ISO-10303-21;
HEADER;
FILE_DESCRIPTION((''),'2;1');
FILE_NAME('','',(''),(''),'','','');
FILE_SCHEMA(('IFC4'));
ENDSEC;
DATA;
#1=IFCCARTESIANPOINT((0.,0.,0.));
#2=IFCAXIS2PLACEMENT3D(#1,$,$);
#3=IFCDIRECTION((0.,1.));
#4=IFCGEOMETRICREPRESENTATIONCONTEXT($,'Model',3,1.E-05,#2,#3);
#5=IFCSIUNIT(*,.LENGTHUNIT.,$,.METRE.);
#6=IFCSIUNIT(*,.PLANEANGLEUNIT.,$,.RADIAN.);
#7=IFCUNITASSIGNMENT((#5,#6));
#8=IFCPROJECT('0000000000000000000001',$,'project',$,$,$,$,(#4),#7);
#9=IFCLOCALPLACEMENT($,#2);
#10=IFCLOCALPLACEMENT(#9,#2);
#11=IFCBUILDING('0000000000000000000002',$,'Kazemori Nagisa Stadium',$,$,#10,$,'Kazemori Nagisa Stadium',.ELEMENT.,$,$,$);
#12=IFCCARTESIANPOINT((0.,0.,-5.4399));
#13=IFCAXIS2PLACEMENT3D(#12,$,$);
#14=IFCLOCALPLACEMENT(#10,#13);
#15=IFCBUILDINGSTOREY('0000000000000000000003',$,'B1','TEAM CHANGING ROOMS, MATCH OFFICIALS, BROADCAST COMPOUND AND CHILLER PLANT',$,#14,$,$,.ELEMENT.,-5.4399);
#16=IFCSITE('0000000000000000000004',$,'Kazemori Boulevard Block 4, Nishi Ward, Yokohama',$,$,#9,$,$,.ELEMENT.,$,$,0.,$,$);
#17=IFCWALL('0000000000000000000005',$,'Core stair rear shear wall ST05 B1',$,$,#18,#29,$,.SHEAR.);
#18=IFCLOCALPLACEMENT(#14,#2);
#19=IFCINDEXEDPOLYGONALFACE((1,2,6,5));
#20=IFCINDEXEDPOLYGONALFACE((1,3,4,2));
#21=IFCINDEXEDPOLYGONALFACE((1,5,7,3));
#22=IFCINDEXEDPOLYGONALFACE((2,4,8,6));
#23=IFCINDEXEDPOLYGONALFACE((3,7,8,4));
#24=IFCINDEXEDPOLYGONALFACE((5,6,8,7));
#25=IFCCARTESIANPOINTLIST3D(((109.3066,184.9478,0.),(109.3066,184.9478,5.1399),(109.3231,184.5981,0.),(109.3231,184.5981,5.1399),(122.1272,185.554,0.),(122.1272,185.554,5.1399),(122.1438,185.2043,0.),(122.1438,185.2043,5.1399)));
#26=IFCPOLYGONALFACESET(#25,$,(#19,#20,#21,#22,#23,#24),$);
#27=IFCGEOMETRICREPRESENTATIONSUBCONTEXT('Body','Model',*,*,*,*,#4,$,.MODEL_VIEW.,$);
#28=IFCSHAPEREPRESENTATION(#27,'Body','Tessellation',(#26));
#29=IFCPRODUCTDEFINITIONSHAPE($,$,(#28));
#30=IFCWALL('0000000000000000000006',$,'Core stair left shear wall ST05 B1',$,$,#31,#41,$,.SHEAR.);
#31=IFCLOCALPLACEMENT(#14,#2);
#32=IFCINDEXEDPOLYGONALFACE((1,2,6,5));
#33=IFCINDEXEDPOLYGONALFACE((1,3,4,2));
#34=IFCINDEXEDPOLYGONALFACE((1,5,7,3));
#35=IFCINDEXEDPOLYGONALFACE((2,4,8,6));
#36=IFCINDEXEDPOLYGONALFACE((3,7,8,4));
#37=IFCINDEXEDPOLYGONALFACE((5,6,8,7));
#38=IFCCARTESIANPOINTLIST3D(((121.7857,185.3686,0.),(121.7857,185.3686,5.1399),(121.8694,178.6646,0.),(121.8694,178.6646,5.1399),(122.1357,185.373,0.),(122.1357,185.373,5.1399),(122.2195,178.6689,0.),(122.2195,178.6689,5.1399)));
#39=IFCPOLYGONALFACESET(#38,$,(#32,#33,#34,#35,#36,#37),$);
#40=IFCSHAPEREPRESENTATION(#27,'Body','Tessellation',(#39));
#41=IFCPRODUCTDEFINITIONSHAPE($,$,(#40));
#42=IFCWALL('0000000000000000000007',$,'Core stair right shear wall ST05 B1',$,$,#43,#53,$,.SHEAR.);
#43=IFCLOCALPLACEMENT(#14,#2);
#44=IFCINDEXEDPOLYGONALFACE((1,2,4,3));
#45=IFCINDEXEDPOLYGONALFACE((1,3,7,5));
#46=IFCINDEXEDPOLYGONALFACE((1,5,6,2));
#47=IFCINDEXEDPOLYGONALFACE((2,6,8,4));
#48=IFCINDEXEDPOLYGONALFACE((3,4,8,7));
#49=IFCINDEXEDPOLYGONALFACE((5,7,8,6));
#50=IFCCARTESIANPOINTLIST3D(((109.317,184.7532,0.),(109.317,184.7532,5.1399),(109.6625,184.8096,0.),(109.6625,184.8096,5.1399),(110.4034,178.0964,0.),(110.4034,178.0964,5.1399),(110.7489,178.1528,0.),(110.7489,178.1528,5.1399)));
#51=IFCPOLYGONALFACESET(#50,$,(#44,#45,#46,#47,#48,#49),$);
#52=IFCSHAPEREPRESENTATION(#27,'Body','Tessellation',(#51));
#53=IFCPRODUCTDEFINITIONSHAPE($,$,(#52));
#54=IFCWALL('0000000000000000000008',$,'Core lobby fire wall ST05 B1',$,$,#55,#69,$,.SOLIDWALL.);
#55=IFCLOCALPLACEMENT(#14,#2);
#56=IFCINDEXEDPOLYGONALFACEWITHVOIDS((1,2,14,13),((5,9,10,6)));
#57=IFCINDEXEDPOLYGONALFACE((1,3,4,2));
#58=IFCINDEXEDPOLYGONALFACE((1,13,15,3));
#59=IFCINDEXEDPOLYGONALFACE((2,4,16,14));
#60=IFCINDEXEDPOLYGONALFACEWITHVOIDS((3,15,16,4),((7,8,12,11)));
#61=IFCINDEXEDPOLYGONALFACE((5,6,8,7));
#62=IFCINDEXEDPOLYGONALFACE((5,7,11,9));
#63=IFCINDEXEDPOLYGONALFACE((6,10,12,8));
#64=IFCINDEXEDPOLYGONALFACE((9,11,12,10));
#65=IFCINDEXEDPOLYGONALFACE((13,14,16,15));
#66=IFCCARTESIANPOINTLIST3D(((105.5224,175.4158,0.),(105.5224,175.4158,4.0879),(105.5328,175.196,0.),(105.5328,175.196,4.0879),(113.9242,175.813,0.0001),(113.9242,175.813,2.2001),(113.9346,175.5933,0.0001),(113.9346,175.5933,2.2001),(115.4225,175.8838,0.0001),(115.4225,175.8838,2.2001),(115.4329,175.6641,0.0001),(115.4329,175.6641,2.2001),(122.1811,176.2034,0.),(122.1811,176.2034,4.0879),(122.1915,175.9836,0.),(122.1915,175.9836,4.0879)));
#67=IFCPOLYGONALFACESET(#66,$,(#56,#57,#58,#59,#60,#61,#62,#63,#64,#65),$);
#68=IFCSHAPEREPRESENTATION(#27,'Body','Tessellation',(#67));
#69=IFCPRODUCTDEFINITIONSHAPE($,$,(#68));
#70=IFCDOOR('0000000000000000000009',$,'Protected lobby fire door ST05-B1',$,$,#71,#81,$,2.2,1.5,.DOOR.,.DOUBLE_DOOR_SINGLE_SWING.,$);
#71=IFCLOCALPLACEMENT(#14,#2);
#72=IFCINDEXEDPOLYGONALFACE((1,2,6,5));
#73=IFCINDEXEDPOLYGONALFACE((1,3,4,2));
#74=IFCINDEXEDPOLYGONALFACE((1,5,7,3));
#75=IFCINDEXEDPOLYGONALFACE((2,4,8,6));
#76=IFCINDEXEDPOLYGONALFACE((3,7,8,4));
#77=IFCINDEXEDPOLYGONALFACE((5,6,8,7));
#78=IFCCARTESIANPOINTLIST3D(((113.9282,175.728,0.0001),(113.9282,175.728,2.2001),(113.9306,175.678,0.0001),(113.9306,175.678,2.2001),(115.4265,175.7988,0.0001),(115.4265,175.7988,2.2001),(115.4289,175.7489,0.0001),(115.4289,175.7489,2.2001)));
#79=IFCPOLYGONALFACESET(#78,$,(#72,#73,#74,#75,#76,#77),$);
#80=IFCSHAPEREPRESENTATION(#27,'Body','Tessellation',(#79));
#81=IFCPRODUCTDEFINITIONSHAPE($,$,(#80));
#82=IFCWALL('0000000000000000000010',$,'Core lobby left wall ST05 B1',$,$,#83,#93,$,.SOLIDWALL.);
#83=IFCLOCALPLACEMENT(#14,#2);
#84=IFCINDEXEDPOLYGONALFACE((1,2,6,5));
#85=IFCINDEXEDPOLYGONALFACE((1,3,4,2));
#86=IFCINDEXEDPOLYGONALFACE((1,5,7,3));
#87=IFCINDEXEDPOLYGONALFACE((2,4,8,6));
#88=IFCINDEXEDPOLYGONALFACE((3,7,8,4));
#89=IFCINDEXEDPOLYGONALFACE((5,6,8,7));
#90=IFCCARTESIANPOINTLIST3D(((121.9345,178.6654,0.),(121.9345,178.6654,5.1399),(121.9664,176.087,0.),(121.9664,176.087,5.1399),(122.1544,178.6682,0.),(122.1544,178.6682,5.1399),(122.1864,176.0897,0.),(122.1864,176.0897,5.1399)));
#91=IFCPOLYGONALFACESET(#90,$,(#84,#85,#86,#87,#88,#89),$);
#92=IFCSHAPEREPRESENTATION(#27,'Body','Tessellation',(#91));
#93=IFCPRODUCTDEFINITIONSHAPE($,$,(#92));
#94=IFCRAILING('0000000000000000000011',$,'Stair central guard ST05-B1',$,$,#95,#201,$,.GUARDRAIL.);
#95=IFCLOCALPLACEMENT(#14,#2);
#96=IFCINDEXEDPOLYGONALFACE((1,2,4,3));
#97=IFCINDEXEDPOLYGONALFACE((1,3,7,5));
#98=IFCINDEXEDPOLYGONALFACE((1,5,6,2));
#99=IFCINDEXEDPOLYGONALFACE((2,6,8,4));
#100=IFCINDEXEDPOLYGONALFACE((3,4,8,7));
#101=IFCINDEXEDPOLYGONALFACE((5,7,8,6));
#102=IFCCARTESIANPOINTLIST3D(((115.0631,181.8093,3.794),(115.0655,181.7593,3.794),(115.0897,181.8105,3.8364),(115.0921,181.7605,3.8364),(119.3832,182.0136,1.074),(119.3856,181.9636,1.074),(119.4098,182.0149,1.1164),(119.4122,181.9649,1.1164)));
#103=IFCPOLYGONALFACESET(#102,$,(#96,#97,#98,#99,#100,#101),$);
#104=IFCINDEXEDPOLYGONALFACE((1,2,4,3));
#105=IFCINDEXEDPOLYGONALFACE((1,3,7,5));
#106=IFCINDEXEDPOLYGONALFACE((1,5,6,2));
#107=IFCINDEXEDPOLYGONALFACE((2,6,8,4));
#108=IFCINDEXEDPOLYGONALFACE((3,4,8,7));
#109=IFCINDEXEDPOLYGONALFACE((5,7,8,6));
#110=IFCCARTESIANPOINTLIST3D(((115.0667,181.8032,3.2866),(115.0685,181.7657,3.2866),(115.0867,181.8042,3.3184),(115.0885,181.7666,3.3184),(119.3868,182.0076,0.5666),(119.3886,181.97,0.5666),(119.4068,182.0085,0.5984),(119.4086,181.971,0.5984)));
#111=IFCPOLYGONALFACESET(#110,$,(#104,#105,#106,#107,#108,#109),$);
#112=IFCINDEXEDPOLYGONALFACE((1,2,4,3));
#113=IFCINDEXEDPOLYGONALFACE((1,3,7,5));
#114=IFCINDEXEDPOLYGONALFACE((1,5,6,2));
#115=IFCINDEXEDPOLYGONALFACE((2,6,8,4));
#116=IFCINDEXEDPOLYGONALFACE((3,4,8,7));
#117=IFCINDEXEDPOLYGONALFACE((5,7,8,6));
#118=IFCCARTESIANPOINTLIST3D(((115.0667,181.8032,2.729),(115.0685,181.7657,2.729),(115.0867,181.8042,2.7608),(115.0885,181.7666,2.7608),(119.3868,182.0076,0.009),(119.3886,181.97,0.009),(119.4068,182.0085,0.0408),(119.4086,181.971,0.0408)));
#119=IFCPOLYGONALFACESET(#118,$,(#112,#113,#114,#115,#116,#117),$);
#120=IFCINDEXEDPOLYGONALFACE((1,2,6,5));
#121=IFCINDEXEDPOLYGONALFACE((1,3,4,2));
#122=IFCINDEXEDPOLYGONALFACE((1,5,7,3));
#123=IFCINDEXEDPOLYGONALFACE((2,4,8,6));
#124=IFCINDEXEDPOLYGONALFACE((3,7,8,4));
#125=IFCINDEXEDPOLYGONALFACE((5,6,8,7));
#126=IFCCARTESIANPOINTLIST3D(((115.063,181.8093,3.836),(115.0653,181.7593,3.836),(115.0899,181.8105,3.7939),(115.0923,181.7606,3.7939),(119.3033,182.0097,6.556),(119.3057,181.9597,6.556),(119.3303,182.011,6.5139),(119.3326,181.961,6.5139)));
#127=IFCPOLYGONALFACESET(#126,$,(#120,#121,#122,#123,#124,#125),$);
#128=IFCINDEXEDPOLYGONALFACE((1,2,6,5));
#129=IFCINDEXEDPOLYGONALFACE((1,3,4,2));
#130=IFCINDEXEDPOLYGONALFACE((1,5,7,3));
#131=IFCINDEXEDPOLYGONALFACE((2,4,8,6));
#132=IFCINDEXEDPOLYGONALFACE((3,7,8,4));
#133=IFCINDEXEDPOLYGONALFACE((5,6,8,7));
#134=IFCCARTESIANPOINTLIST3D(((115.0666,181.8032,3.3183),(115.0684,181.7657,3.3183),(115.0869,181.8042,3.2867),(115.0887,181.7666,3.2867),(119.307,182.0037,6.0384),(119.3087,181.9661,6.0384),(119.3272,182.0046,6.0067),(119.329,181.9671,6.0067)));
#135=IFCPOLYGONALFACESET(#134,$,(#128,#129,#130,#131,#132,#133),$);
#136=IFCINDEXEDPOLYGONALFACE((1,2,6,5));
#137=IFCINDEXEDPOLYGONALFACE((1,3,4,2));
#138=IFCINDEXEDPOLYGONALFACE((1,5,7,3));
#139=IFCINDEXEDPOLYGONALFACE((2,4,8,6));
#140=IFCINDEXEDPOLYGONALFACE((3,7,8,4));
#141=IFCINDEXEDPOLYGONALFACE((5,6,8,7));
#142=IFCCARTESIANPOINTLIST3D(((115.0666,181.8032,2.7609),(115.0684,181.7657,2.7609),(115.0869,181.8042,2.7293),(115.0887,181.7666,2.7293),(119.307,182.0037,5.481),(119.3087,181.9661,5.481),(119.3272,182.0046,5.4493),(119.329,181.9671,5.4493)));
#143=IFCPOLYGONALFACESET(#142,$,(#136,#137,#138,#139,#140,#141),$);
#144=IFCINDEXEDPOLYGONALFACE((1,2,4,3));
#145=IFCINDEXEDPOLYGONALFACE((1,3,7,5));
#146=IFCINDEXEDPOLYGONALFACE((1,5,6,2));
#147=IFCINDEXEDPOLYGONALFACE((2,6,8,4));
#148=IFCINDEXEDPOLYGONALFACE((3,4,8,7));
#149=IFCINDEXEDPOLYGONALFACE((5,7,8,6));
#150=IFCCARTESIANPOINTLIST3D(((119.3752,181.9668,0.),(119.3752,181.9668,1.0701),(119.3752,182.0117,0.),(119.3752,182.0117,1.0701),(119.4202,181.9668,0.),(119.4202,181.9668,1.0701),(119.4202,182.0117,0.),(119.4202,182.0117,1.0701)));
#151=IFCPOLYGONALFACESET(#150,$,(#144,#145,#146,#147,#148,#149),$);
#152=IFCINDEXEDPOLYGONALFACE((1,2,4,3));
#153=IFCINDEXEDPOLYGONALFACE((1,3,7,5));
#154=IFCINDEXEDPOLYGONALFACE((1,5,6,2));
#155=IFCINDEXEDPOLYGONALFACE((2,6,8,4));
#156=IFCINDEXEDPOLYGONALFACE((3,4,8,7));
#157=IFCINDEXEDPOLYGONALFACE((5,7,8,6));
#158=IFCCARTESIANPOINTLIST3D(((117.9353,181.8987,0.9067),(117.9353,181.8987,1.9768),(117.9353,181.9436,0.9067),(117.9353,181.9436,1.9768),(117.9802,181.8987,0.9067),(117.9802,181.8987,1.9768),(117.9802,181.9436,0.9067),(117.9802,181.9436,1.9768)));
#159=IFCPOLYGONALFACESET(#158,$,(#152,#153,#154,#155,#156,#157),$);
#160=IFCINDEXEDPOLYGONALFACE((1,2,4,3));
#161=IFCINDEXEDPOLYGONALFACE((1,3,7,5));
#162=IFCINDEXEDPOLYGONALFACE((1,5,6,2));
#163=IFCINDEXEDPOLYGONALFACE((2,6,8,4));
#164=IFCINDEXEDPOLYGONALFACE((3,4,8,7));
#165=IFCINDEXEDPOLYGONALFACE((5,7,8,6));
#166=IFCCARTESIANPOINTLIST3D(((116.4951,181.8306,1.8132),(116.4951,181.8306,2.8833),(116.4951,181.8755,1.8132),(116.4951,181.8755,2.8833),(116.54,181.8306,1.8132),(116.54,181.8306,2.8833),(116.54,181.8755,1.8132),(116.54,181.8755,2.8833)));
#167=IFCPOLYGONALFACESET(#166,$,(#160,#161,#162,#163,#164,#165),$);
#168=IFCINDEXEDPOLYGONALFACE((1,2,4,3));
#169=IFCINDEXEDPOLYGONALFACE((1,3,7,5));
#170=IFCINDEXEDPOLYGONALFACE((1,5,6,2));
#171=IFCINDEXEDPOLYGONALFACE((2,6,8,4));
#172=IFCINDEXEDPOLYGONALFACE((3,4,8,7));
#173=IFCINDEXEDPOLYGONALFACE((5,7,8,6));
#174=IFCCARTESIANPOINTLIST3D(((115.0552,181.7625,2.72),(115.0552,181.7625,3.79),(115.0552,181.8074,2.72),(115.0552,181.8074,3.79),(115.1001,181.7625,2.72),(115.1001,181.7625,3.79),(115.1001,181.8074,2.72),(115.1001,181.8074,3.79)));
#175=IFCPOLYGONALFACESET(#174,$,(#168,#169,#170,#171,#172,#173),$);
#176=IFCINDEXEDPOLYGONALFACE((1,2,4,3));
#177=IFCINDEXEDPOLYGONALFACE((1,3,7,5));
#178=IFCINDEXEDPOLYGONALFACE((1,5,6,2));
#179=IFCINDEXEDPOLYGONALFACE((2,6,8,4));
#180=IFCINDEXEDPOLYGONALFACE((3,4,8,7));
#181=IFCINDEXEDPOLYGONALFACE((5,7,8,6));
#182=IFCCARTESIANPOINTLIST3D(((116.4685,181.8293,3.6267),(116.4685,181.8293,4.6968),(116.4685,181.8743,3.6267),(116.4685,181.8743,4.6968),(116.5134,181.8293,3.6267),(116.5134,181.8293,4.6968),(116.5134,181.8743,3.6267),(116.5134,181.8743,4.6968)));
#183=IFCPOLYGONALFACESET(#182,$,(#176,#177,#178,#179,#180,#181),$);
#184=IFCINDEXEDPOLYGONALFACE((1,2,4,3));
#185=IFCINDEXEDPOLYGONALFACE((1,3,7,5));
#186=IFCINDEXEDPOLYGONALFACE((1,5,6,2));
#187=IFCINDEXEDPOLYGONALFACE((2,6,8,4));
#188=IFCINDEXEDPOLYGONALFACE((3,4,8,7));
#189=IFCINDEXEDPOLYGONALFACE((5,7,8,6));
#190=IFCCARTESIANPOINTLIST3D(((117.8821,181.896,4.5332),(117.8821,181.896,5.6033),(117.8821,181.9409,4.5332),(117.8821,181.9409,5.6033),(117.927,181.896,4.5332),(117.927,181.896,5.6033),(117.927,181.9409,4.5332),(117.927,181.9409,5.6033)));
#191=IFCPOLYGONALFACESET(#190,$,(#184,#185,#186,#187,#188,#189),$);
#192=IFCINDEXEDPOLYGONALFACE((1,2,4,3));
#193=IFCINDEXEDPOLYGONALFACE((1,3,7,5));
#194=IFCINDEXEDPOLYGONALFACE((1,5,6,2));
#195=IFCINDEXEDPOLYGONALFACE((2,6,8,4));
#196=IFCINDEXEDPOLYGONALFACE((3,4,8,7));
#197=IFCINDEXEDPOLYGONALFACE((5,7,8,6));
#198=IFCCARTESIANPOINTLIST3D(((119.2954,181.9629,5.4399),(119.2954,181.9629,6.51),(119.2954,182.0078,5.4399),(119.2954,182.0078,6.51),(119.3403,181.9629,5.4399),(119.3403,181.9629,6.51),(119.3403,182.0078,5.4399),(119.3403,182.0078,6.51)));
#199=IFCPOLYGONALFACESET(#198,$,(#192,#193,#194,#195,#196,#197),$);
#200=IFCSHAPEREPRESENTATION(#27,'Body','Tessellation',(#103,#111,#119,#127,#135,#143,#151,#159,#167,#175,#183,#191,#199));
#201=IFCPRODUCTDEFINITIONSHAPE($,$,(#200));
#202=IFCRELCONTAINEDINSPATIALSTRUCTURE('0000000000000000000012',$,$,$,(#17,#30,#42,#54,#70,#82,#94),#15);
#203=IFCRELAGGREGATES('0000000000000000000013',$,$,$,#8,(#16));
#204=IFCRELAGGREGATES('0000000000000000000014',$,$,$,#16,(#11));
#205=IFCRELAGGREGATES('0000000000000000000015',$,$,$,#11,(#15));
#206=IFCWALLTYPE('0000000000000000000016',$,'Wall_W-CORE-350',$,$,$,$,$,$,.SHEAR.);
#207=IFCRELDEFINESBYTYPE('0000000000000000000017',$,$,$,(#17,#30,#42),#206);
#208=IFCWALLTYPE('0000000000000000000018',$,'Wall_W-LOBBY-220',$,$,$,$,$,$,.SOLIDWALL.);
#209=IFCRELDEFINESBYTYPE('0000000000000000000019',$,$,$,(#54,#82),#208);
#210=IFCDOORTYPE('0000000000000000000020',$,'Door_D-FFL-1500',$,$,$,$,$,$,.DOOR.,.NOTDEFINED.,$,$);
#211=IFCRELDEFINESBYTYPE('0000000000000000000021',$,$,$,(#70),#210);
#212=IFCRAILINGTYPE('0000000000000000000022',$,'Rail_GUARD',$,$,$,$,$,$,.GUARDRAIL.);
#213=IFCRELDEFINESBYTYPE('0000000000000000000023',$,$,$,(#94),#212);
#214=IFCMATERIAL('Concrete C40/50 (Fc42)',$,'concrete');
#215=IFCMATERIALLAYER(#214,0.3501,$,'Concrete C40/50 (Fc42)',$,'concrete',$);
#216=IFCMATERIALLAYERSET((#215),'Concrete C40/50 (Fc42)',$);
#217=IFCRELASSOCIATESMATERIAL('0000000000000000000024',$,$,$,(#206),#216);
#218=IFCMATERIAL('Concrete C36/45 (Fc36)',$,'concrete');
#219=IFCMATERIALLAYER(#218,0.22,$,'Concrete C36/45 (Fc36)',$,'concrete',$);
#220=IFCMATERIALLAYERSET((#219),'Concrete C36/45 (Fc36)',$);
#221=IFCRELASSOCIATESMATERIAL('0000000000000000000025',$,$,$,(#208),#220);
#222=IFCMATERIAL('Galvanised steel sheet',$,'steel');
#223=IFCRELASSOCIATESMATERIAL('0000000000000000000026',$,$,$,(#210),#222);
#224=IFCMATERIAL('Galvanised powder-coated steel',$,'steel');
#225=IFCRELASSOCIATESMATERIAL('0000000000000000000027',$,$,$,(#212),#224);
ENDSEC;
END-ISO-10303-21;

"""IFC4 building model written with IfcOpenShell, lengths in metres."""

from ifc_helpers import new_model, si_unit, direction, frame, frame_2d, origin, origin_2d, place, context, subcontext, project, spatial, rectangle, extrude, material, layer, layer_set, type_object, element, fill, save


model = new_model("IFC4")

# Units and contexts
model_context = context("Model", 3, precision=1e-05, world=origin(), true_north=direction((0.0, 1.0)))
body_context = subcontext(model_context, "Body", "Model", "MODEL_VIEW")
ifc_project = project(units=[si_unit("LENGTHUNIT", "METRE"), si_unit("PLANEANGLEUNIT", "RADIAN")], contexts=[model_context])

# Site, building, storey
site_placement = place(None, origin())
site = spatial("IfcSite", under=ifc_project, at=site_placement, Name="Kazemori Boulevard Block 4, Nishi Ward, Yokohama", CompositionType="ELEMENT", RefElevation=0.0)
building_placement = place(site_placement, origin())
building = spatial("IfcBuilding", under=site, at=building_placement, Name="Kazemori Nagisa Stadium", LongName="Kazemori Nagisa Stadium", CompositionType="ELEMENT")
storey_placement = place(building_placement, frame((0.0, 0.0, -5.4399)))
storey = spatial("IfcBuildingStorey", under=building, at=storey_placement, Name="B1", Description="TEAM CHANGING ROOMS, MATCH OFFICIALS, BROADCAST COMPOUND AND CHILLER PLANT", CompositionType="ELEMENT", Elevation=-5.4399)

# Shared definitions
ifc_material_1 = material(Name="Concrete C40/50 (Fc42)", Category="concrete")

# Shared definitions
ifc_material_2 = material(Name="Concrete C36/45 (Fc36)", Category="concrete")

# Shared definitions
ifc_layer_1 = layer(ifc_material_1, 0.3501, Name="Concrete C40/50 (Fc42)", Category="concrete")
ifc_layer_set_1 = layer_set([ifc_layer_1], Name="Concrete C40/50 (Fc42)")
wall_type_1 = type_object("IfcWallType", Name="Wall_W-CORE-350", PredefinedType="SHEAR", material=ifc_layer_set_1)
ifc_material_3 = material(Name="Galvanised steel sheet", Category="steel")

# Walls
wall_1_placement = place(storey_placement, frame((122.1355, 185.3792, 0.0), z_axis=(0.0, 0.0, 1.0), x_axis=(-0.998884, -0.047231, 0.0)))
element("IfcWall", 1, at=wall_1_placement, inside=storey, type_object=wall_type_1, Name="Core stair rear shear wall ST05 B1", PredefinedType="SHEAR", context=body_context, shape_type="SweptSolid", body=[
    extrude(rectangle(XDim=12.835, YDim=0.3501, at=frame_2d((6.4175, 0.0))), origin(), (0.0, 0.0, 1.0), 5.1399),
])
wall_2_placement = place(storey_placement, frame((122.0444, 178.6667, 0.0), z_axis=(0.0, 0.0, 1.0), x_axis=(-0.01249, 0.999922, 0.0)))
element("IfcWall", 2, at=wall_2_placement, inside=storey, type_object=wall_type_1, Name="Core stair left shear wall ST05 B1", PredefinedType="SHEAR", context=body_context, shape_type="SweptSolid", body=[
    extrude(rectangle(XDim=6.7046, YDim=0.3501, at=frame_2d((3.3523, 0.0))), origin(), (0.0, 0.0, 1.0), 5.1399),
])
wall_3_placement = place(storey_placement, frame((110.5762, 178.1245, 0.0), z_axis=(0.0, 0.0, 1.0), x_axis=(-0.161076, 0.986942, 0.0)))
element("IfcWall", 3, at=wall_3_placement, inside=storey, type_object=wall_type_1, Name="Core stair right shear wall ST05 B1", PredefinedType="SHEAR", context=body_context, shape_type="SweptSolid", body=[
    extrude(rectangle(XDim=6.7449, YDim=0.3501, at=frame_2d((3.3726, 0.0))), origin(), (0.0, 0.0, 1.0), 5.1399),
])

# Wall, opening, door
ifc_layer_2 = layer(ifc_material_2, 0.22, Name="Concrete C36/45 (Fc36)", Category="concrete")
ifc_layer_set_2 = layer_set([ifc_layer_2], Name="Concrete C36/45 (Fc36)")
wall_type_2 = type_object("IfcWallType", Name="Wall_W-LOBBY-220", PredefinedType="SOLIDWALL", material=ifc_layer_set_2)
wall_4_placement = place(storey_placement, frame((122.1863, 176.0935, 0.0), z_axis=(0.0, 0.0, 1.0), x_axis=(-0.998884, -0.047226, 0.0)))
wall_4 = element("IfcWall", 4, at=wall_4_placement, inside=storey, type_object=wall_type_2, Name="Core lobby fire wall ST05 B1", PredefinedType="SOLIDWALL", context=body_context, shape_type="SweptSolid", body=[
    extrude(rectangle(XDim=16.6772, YDim=0.22, at=frame_2d((8.3386, 0.0))), origin(), (0.0, 0.0, 1.0), 4.0879),
])
opening_1_placement = place(wall_4_placement, frame((6.7661, 0.0, 0.0)))
opening_1 = element("IfcOpeningElement", 5, at=opening_1_placement, cuts=wall_4, PredefinedType="OPENING", context=body_context, shape_type="SweptSolid", body=[
    extrude(rectangle(XDim=1.5, YDim=2.2, at=frame_2d((0.75, 1.1001))), frame((0.0, 0.1199, 0.0), z_axis=(0.0, -1.0, 0.0), x_axis=(1.0, 0.0, 0.0)), (0.0, 0.0, 1.0), 0.24),
])
door_type_1 = type_object("IfcDoorType", Name="Door_D-FFL-1500", OperationType="NOTDEFINED", PredefinedType="DOOR", material=ifc_material_3)
door_1_placement = place(opening_1_placement, frame((1.5, 0.0, 0.0), z_axis=(0.0, 0.0, 1.0), x_axis=(-1.0, 0.0, 0.0)))
door_1 = element("IfcDoor", 6, at=door_1_placement, inside=storey, type_object=door_type_1, Name="Protected lobby fire door ST05-B1", OperationType="DOUBLE_DOOR_SINGLE_SWING", OverallHeight=2.2, OverallWidth=1.5, PredefinedType="DOOR", context=body_context, shape_type="SweptSolid", body=[
    extrude(rectangle(XDim=1.5, YDim=2.2, at=frame_2d((0.75, 1.1001))), frame((0.0, 0.0249, 0.0), z_axis=(0.0, -1.0, 0.0), x_axis=(1.0, 0.0, 0.0)), (0.0, 0.0, 1.0), 0.05),
])
fill(opening_1, door_1)

# Wall
wall_5_placement = place(storey_placement, frame((122.0764, 176.0884, 0.0), z_axis=(0.0, 0.0, 1.0), x_axis=(-0.012403, 0.999923, 0.0)))
element("IfcWall", 7, at=wall_5_placement, inside=storey, type_object=wall_type_2, Name="Core lobby left wall ST05 B1", PredefinedType="SOLIDWALL", context=body_context, shape_type="SweptSolid", body=[
    extrude(rectangle(XDim=2.5786, YDim=0.22, at=frame_2d((1.2893, 0.0))), origin(), (0.0, 0.0, 1.0), 5.1399),
])

# Railing
ifc_material_4 = material(Name="Galvanised powder-coated steel", Category="steel")
railing_type_1 = type_object("IfcRailingType", Name="Rail_GUARD", PredefinedType="GUARDRAIL", material=ifc_material_4)
railing_1_placement = place(storey_placement, frame((119.3977, 181.9893, 0.0)))
element("IfcRailing", 8, at=railing_1_placement, inside=storey, type_object=railing_type_1, Name="Stair central guard ST05-B1", PredefinedType="GUARDRAIL", context=body_context, shape_type="SweptSolid", body=[
    extrude(rectangle(XDim=0.05, YDim=0.05, at=origin_2d()), frame((0.0, 0.0, 1.0952), z_axis=(-0.845562, -0.039996, 0.532377), x_axis=(0.047249, -0.998883, 0.0)), (0.0, 0.0, 1.0), 5.1091),
    extrude(rectangle(XDim=0.0376, YDim=0.0376, at=origin_2d()), frame((0.0, 0.0, 0.5825), z_axis=(-0.845562, -0.039996, 0.532377), x_axis=(0.047249, -0.998883, 0.0)), (0.0, 0.0, 1.0), 5.1091),
    extrude(rectangle(XDim=0.0376, YDim=0.0376, at=origin_2d()), frame((0.0, 0.0, 0.0249), z_axis=(-0.845562, -0.039996, 0.532377), x_axis=(0.047249, -0.998883, 0.0)), (0.0, 0.0, 1.0), 5.1091),
    extrude(rectangle(XDim=0.05, YDim=0.05, at=origin_2d()), frame((-4.3201, -0.2043, 3.8149), z_axis=(0.841045, 0.039757, 0.539503), x_axis=(-0.047218, 0.998885, 0.0)), (0.0, 0.0, 1.0), 5.0417),
    extrude(rectangle(XDim=0.0376, YDim=0.0376, at=origin_2d()), frame((-4.3201, -0.2043, 3.3025), z_axis=(0.841045, 0.039757, 0.539503), x_axis=(-0.047218, 0.998885, 0.0)), (0.0, 0.0, 1.0), 5.0417),
    extrude(rectangle(XDim=0.0376, YDim=0.0376, at=origin_2d()), frame((-4.3201, -0.2043, 2.7451), z_axis=(0.841045, 0.039757, 0.539503), x_axis=(-0.047218, 0.998885, 0.0)), (0.0, 0.0, 1.0), 5.0417),
    extrude(rectangle(XDim=0.0449, YDim=0.0449, at=origin_2d()), origin(), (0.0, 0.0, 1.0), 1.0701),
    extrude(rectangle(XDim=0.0449, YDim=0.0449, at=origin_2d()), frame((-1.4399, -0.0681, 0.9067)), (0.0, 0.0, 1.0), 1.0701),
    extrude(rectangle(XDim=0.0449, YDim=0.0449, at=origin_2d()), frame((-2.8801, -0.1362, 1.8132)), (0.0, 0.0, 1.0), 1.0701),
    extrude(rectangle(XDim=0.0449, YDim=0.0449, at=origin_2d()), frame((-4.3201, -0.2043, 2.72)), (0.0, 0.0, 1.0), 1.0701),
    extrude(rectangle(XDim=0.0449, YDim=0.0449, at=origin_2d()), frame((-2.9067, -0.1375, 3.6267)), (0.0, 0.0, 1.0), 1.0701),
    extrude(rectangle(XDim=0.0449, YDim=0.0449, at=origin_2d()), frame((-1.4932, -0.0708, 4.5332)), (0.0, 0.0, 1.0), 1.0701),
    extrude(rectangle(XDim=0.0449, YDim=0.0449, at=origin_2d()), frame((-0.0798, -0.0039, 5.4399)), (0.0, 0.0, 1.0), 1.0701),
])

save(model, "model.ifc")
